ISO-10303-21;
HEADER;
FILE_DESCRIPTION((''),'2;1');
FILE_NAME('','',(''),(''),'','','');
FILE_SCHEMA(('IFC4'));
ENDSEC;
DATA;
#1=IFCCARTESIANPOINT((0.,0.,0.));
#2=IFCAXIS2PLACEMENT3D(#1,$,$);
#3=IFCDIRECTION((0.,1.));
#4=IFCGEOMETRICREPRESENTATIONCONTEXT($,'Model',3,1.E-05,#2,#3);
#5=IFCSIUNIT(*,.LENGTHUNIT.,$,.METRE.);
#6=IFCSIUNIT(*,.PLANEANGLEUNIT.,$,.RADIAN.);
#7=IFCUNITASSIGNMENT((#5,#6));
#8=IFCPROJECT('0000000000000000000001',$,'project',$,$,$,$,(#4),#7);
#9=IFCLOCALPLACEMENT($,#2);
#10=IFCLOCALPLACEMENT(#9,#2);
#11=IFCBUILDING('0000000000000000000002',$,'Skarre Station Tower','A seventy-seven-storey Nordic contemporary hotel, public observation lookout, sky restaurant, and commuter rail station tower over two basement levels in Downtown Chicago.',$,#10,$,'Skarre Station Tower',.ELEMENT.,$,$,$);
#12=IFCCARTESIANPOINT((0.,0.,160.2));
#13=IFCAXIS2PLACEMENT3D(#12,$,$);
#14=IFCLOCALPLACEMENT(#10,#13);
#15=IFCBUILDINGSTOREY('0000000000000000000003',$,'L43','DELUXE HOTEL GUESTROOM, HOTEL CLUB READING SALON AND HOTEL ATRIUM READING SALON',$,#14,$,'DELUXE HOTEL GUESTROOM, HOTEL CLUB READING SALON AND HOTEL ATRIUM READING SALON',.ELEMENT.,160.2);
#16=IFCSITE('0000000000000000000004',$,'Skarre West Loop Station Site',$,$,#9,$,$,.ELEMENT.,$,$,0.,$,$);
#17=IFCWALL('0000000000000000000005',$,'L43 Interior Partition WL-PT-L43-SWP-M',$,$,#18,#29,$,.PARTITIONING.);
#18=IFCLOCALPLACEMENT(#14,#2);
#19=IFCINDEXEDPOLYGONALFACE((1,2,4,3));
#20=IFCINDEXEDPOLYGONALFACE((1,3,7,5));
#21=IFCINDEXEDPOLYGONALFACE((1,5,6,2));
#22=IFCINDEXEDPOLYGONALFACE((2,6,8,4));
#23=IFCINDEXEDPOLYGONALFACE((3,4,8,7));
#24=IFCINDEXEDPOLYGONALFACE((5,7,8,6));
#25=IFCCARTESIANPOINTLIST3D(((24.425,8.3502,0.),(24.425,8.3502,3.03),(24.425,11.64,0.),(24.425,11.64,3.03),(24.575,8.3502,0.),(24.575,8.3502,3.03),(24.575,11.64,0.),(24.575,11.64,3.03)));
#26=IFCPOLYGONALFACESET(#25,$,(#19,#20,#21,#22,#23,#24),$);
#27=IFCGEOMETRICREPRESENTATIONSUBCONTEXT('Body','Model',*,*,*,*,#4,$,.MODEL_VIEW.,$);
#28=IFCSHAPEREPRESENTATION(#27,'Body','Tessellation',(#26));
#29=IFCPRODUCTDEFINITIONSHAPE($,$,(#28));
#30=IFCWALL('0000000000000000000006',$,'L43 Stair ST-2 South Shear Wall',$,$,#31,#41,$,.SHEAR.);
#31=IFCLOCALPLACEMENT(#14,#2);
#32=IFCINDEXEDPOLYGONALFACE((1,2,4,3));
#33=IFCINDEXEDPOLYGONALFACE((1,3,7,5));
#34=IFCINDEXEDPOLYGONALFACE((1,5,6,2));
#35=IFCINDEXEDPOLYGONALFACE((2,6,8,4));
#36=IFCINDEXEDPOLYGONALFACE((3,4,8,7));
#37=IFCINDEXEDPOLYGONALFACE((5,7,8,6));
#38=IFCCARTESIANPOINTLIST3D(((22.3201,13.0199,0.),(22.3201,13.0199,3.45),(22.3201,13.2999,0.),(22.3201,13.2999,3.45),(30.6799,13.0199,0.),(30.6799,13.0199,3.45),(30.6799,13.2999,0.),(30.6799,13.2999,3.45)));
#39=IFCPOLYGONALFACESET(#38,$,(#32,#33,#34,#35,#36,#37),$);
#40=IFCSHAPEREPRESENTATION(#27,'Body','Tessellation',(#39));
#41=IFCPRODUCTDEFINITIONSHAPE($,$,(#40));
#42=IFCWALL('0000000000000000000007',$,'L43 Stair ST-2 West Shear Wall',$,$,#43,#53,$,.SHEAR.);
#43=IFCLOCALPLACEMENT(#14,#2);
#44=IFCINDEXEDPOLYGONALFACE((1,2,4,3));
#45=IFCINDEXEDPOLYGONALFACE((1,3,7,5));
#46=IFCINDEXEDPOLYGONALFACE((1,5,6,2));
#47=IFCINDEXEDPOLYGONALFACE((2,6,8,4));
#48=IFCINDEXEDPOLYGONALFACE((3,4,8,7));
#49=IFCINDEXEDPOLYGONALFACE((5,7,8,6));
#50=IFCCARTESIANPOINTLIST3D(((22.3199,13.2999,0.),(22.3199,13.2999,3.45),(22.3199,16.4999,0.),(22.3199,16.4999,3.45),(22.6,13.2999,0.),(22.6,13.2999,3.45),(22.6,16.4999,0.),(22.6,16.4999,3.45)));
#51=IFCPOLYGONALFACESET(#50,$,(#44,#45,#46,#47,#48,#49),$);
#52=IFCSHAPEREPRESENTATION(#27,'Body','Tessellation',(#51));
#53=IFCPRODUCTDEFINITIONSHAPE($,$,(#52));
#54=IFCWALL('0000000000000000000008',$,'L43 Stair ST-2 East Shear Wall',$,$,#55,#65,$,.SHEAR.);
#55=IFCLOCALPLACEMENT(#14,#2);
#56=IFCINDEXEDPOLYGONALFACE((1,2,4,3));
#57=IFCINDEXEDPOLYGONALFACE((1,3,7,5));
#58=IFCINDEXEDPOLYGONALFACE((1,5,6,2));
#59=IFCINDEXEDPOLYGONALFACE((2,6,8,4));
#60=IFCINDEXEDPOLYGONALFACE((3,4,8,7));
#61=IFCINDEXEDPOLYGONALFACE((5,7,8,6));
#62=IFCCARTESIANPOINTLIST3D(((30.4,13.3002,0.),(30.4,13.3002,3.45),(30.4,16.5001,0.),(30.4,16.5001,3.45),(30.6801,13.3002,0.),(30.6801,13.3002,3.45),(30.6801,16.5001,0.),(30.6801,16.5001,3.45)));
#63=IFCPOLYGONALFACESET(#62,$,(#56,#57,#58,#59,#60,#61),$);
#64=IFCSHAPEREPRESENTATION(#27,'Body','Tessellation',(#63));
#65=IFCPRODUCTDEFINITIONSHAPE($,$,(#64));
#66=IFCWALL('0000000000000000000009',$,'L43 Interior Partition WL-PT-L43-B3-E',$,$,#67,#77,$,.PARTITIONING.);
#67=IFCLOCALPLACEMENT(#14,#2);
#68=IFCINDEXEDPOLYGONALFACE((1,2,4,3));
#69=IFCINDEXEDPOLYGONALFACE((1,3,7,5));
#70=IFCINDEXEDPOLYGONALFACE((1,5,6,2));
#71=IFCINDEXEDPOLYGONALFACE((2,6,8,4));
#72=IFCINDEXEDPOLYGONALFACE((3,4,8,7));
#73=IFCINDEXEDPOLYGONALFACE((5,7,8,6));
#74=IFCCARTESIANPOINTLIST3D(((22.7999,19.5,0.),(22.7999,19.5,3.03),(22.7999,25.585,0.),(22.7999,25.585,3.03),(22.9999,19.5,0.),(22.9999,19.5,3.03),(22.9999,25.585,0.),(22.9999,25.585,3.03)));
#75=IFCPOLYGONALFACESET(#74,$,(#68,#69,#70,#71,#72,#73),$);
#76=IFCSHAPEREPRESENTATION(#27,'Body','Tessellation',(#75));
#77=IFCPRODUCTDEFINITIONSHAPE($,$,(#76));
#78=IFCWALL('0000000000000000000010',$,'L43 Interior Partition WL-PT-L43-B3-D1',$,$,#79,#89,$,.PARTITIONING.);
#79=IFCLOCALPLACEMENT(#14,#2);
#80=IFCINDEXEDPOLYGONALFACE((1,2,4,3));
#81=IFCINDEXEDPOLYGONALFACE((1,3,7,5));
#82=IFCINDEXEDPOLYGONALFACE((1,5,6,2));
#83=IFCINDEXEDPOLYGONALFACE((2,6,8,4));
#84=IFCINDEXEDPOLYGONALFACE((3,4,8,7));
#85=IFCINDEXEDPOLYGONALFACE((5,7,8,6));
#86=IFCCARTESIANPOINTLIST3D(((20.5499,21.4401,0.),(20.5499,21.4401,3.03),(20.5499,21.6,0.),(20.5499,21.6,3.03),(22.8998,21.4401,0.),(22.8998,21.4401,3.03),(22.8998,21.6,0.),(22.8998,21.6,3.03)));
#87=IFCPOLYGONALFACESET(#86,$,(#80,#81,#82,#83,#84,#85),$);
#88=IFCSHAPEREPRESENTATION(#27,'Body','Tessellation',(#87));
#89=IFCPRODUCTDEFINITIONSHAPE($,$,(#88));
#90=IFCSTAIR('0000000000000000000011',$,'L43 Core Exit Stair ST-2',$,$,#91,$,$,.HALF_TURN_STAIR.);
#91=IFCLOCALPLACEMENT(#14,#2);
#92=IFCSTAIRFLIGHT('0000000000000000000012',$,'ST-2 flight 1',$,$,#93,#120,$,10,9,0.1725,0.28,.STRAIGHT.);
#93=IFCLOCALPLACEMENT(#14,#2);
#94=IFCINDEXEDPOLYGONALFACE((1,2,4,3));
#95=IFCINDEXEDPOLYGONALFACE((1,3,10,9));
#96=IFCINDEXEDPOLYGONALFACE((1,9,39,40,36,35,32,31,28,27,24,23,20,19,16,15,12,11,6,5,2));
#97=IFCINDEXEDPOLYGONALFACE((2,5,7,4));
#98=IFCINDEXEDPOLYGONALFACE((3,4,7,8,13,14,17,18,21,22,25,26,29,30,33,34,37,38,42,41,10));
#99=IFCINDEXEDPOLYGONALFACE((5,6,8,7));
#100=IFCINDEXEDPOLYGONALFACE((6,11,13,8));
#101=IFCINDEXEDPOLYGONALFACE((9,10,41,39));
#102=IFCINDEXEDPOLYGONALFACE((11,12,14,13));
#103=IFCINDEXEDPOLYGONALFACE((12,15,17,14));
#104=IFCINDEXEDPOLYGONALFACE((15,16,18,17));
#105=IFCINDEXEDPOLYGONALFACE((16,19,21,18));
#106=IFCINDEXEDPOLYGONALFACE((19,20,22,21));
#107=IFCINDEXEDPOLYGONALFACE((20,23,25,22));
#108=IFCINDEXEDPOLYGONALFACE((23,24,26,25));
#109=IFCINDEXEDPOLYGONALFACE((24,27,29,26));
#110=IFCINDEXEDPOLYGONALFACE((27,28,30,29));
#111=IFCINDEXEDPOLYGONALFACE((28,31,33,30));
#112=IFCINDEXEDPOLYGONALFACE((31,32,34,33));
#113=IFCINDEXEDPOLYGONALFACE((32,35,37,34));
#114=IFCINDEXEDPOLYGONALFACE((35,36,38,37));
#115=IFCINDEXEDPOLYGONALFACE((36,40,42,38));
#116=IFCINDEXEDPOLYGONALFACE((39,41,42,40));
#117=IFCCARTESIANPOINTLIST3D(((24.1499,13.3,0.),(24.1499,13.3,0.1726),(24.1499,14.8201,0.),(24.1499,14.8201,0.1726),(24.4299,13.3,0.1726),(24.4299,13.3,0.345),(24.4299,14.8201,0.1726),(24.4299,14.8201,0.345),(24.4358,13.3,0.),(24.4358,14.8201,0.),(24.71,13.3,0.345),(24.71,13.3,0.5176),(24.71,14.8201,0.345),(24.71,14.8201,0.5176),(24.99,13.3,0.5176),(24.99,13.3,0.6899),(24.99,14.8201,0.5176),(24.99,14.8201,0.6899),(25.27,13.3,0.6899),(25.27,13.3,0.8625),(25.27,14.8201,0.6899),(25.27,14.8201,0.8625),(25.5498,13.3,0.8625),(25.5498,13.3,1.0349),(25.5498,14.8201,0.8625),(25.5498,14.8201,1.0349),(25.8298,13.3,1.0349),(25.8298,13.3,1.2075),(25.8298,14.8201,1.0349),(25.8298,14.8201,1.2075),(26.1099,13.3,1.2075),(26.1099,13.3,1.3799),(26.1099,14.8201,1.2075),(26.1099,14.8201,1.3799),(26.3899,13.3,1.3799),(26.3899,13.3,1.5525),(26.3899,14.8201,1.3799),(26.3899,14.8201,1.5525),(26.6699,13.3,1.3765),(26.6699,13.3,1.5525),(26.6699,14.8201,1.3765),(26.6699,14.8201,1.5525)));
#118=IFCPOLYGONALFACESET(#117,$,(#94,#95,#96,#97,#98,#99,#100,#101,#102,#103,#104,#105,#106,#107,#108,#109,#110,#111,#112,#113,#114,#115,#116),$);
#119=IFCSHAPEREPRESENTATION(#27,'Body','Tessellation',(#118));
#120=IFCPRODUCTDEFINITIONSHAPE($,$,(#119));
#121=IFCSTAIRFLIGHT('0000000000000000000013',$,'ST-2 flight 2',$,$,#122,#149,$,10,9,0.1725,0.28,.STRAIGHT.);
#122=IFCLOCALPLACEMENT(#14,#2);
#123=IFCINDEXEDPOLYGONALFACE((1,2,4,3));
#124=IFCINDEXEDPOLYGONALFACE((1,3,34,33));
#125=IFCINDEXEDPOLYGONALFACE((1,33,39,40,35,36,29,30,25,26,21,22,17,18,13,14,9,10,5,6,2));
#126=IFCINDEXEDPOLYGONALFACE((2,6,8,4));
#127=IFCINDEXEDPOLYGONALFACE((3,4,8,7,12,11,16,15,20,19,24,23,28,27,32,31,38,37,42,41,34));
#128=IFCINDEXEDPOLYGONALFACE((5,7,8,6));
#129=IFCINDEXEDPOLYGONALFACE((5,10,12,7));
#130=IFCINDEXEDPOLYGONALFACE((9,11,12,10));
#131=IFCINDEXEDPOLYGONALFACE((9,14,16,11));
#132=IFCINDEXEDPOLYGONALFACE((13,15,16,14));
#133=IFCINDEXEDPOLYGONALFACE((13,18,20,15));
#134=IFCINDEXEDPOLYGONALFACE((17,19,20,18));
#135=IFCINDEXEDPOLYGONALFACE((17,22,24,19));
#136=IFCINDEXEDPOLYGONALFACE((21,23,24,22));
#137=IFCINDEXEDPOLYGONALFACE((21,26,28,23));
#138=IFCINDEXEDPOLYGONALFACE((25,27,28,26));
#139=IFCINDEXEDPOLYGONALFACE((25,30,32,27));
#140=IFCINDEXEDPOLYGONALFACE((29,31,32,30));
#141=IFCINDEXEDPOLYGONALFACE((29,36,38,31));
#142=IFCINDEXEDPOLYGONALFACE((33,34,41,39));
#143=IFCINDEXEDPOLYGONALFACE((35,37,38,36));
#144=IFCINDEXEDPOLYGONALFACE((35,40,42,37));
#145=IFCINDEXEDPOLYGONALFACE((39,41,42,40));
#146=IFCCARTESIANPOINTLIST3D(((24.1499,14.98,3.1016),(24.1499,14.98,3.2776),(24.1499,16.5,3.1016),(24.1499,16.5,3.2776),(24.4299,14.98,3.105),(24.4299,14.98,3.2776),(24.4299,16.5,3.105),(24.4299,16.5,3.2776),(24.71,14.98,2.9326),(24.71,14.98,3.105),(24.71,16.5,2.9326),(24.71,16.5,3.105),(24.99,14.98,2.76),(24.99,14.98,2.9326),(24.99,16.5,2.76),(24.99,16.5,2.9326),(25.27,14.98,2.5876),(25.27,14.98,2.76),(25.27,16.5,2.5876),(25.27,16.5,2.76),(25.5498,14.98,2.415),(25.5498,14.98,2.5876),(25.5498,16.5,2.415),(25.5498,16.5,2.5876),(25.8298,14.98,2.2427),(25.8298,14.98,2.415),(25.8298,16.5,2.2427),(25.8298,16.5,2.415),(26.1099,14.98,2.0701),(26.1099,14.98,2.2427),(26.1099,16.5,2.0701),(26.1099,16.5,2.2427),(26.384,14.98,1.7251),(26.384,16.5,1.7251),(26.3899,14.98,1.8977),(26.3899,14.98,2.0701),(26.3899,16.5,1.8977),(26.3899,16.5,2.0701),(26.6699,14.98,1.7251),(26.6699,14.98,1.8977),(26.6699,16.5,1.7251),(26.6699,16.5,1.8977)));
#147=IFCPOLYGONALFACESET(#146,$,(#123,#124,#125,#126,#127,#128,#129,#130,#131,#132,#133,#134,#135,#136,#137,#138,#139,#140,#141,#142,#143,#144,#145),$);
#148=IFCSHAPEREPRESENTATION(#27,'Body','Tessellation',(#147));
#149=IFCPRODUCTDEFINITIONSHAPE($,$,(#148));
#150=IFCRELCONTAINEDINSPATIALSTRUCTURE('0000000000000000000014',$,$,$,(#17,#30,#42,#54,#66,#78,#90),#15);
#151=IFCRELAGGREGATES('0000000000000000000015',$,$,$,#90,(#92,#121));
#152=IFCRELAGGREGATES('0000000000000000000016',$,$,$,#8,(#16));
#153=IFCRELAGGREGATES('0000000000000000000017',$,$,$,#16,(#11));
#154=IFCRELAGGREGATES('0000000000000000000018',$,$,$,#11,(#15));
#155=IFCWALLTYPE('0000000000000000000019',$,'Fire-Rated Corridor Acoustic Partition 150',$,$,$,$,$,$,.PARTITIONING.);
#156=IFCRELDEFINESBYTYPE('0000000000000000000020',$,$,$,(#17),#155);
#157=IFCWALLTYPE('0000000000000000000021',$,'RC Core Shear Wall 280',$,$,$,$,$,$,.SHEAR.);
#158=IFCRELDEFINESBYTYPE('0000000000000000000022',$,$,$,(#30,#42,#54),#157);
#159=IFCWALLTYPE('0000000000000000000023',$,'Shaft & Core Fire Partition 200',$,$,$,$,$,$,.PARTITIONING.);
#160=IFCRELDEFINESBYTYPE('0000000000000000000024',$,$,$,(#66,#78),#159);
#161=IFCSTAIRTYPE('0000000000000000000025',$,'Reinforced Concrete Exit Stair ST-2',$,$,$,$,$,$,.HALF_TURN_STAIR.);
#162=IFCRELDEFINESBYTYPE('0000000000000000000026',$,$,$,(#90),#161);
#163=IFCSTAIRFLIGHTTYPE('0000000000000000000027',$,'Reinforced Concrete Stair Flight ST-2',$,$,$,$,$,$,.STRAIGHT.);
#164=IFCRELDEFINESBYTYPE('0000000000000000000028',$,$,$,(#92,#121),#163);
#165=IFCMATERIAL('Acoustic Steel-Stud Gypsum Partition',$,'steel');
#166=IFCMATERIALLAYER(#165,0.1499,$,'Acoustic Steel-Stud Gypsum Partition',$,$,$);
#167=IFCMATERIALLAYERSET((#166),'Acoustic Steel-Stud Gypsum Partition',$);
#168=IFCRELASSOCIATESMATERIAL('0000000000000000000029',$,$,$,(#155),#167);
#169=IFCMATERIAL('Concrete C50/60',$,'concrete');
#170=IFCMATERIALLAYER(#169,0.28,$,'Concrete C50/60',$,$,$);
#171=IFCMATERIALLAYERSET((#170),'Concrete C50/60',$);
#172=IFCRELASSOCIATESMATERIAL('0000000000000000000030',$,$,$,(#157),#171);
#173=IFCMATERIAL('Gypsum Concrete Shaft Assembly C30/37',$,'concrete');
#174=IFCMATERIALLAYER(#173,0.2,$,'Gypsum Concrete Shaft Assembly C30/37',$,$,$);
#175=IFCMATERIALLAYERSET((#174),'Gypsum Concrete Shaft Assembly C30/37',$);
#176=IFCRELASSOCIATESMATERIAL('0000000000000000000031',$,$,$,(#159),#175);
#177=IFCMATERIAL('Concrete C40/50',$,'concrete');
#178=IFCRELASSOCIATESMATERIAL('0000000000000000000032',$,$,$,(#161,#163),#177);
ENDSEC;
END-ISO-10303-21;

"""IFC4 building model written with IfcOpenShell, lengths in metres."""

from ifc_helpers import new_model, si_unit, direction, frame, frame_2d, origin, place, context, subcontext, project, spatial, polyline, rectangle, outline, extrude, material, layer, layer_set, type_object, element, aggregate, save


model = new_model("IFC4")

# Units and contexts
model_context = context("Model", 3, precision=1e-05, world=origin(), true_north=direction((0.0, 1.0)))
body_context = subcontext(model_context, "Body", "Model", "MODEL_VIEW")
ifc_project = project(units=[si_unit("LENGTHUNIT", "METRE"), si_unit("PLANEANGLEUNIT", "RADIAN")], contexts=[model_context])

# Site, building, storey
site_placement = place(None, origin())
site = spatial("IfcSite", under=ifc_project, at=site_placement, Name="Skarre West Loop Station Site", CompositionType="ELEMENT", RefElevation=0.0)
building_placement = place(site_placement, origin())
building = spatial("IfcBuilding", under=site, at=building_placement, Name="Skarre Station Tower", Description="A seventy-seven-storey Nordic contemporary hotel, public observation lookout, sky restaurant, and commuter rail station tower over two basement levels in Downtown Chicago.", LongName="Skarre Station Tower", CompositionType="ELEMENT")
storey_placement = place(building_placement, frame((0.0, 0.0, 160.2)))
storey = spatial("IfcBuildingStorey", under=building, at=storey_placement, Name="L43", Description="DELUXE HOTEL GUESTROOM, HOTEL CLUB READING SALON AND HOTEL ATRIUM READING SALON", LongName="DELUXE HOTEL GUESTROOM, HOTEL CLUB READING SALON AND HOTEL ATRIUM READING SALON", CompositionType="ELEMENT", Elevation=160.2)

# Walls
ifc_material_1 = material(Name="Acoustic Steel-Stud Gypsum Partition", Category="steel")
ifc_layer_1 = layer(ifc_material_1, 0.1499, Name="Acoustic Steel-Stud Gypsum Partition")
ifc_layer_set_1 = layer_set([ifc_layer_1], Name="Acoustic Steel-Stud Gypsum Partition")
wall_type_1 = type_object("IfcWallType", Name="Fire-Rated Corridor Acoustic Partition 150", PredefinedType="PARTITIONING", material=ifc_layer_set_1)
wall_1_placement = place(storey_placement, frame((24.5, 8.3501, 0.0), z_axis=(0.0, 0.0, 1.0), x_axis=(0.0, 1.0, 0.0)))
element("IfcWall", 1, at=wall_1_placement, inside=storey, type_object=wall_type_1, Name="L43 Interior Partition WL-PT-L43-SWP-M", PredefinedType="PARTITIONING", context=body_context, shape_type="SweptSolid", body=[
    extrude(rectangle(XDim=3.2898, YDim=0.1499, at=frame_2d((1.645, 0.0))), origin(), (0.0, 0.0, 1.0), 3.03),
])
ifc_material_2 = material(Name="Concrete C50/60", Category="concrete")
ifc_layer_2 = layer(ifc_material_2, 0.28, Name="Concrete C50/60")
ifc_layer_set_2 = layer_set([ifc_layer_2], Name="Concrete C50/60")
wall_type_2 = type_object("IfcWallType", Name="RC Core Shear Wall 280", PredefinedType="SHEAR", material=ifc_layer_set_2)
wall_2_placement = place(storey_placement, frame((22.3201, 13.1599, 0.0), z_axis=(0.0, 0.0, 1.0), x_axis=(1.0, 0.0, 0.0)))
element("IfcWall", 2, at=wall_2_placement, inside=storey, type_object=wall_type_2, Name="L43 Stair ST-2 South Shear Wall", PredefinedType="SHEAR", context=body_context, shape_type="SweptSolid", body=[
    extrude(rectangle(XDim=8.3599, YDim=0.28, at=frame_2d((4.1799, 0.0))), origin(), (0.0, 0.0, 1.0), 3.45),
])
for number, where, z_axis, x_axis, name in (
    (3, (22.46, 16.5, 0.0), (0.0, 0.0, 1.0), (0.0, -1.0, 0.0), "L43 Stair ST-2 West Shear Wall"),
    (4, (30.54, 13.3, 0.0), (0.0, 0.0, 1.0), (0.0, 1.0, 0.0), "L43 Stair ST-2 East Shear Wall"),
):
    element("IfcWall", number, at=place(storey_placement, frame(where, z_axis=z_axis, x_axis=x_axis)), inside=storey, type_object=wall_type_2, Name=name, PredefinedType="SHEAR", context=body_context, shape_type="SweptSolid", body=[
        extrude(rectangle(XDim=3.2, YDim=0.28, at=frame_2d((1.6001, 0.0))), origin(), (0.0, 0.0, 1.0), 3.45),
    ])
ifc_material_3 = material(Name="Gypsum Concrete Shaft Assembly C30/37", Category="concrete")
ifc_layer_3 = layer(ifc_material_3, 0.2, Name="Gypsum Concrete Shaft Assembly C30/37")
ifc_layer_set_3 = layer_set([ifc_layer_3], Name="Gypsum Concrete Shaft Assembly C30/37")
wall_type_3 = type_object("IfcWallType", Name="Shaft & Core Fire Partition 200", PredefinedType="PARTITIONING", material=ifc_layer_set_3)
wall_3_placement = place(storey_placement, frame((22.8999, 19.5, 0.0), z_axis=(0.0, 0.0, 1.0), x_axis=(0.0, 1.0, 0.0)))
element("IfcWall", 5, at=wall_3_placement, inside=storey, type_object=wall_type_3, Name="L43 Interior Partition WL-PT-L43-B3-E", PredefinedType="PARTITIONING", context=body_context, shape_type="SweptSolid", body=[
    extrude(rectangle(XDim=6.085, YDim=0.2, at=frame_2d((3.0425, 0.0))), origin(), (0.0, 0.0, 1.0), 3.03),
])
wall_4_placement = place(storey_placement, frame((20.55, 21.52, 0.0), z_axis=(0.0, 0.0, 1.0), x_axis=(1.0, 0.0, 0.0)))
element("IfcWall", 6, at=wall_4_placement, inside=storey, type_object=wall_type_3, Name="L43 Interior Partition WL-PT-L43-B3-D1", PredefinedType="PARTITIONING", context=body_context, shape_type="SweptSolid", body=[
    extrude(rectangle(XDim=2.3499, YDim=0.1599, at=frame_2d((1.1748, 0.0))), origin(), (0.0, 0.0, 1.0), 3.03),
])

# Stair, stair flights
ifc_material_4 = material(Name="Concrete C40/50", Category="concrete")
stair_type = type_object("IfcStairType", Name="Reinforced Concrete Exit Stair ST-2", PredefinedType="HALF_TURN_STAIR", material=ifc_material_4)
stair_placement = place(storey_placement, origin())
stair = element("IfcStair", 7, at=stair_placement, inside=storey, type_object=stair_type, Name="L43 Core Exit Stair ST-2", PredefinedType="HALF_TURN_STAIR")
stair_flight_type = type_object("IfcStairFlightType", Name="Reinforced Concrete Stair Flight ST-2", PredefinedType="STRAIGHT", material=ifc_material_4)
stair_flight_1_placement = place(storey_placement, frame((24.1499, 14.0601, 0.0), z_axis=(0.0, 0.0, 1.0), x_axis=(1.0, 0.0, 0.0)))
stair_flight_1 = element("IfcStairFlight", 8, at=stair_flight_1_placement, type_object=stair_flight_type, Name="ST-2 flight 1", NumberOfRisers=10, NumberOfTreads=9, PredefinedType="STRAIGHT", RiserHeight=0.1725, TreadLength=0.28, context=body_context, shape_type="SweptSolid", body=[
    extrude(outline(polyline([(0.0, 0.0), (0.0, 0.1726), (0.28, 0.1726), (0.28, 0.345), (0.5601, 0.345), (0.5601, 0.5176), (0.8401, 0.5176), (0.8401, 0.6899), (1.1201, 0.6899), (1.1201, 0.8625), (1.3999, 0.8625), (1.3999, 1.0349), (1.6799, 1.0349), (1.6799, 1.2075), (1.96, 1.2075), (1.96, 1.3799), (2.24, 1.3799), (2.24, 1.5525), (2.52, 1.5525), (2.52, 1.7251), (2.52, 1.3765), (0.2859, 0.0), (0.0, 0.0)])), frame((0.0, 0.76, 0.0), z_axis=(0.0, -1.0, 0.0), x_axis=(1.0, 0.0, 0.0)), (0.0, 0.0, 1.0), 1.52),
])
stair_flight_2_placement = place(storey_placement, frame((26.6699, 15.74, 1.7251), z_axis=(0.0, 0.0, 1.0), x_axis=(-1.0, 0.0, 0.0)))
stair_flight_2 = element("IfcStairFlight", 9, at=stair_flight_2_placement, type_object=stair_flight_type, Name="ST-2 flight 2", NumberOfRisers=10, NumberOfTreads=9, PredefinedType="STRAIGHT", RiserHeight=0.1725, TreadLength=0.28, context=body_context, shape_type="SweptSolid", body=[
    extrude(outline(polyline([(0.0, 0.0), (0.0, 0.1726), (0.28, 0.1726), (0.28, 0.345), (0.5601, 0.345), (0.5601, 0.5176), (0.8401, 0.5176), (0.8401, 0.6899), (1.1201, 0.6899), (1.1201, 0.8625), (1.3999, 0.8625), (1.3999, 1.0349), (1.6799, 1.0349), (1.6799, 1.2075), (1.96, 1.2075), (1.96, 1.3799), (2.24, 1.3799), (2.24, 1.5525), (2.52, 1.5525), (2.52, 1.7251), (2.52, 1.3765), (0.2859, 0.0), (0.0, 0.0)])), frame((0.0, 0.76, 0.0), z_axis=(0.0, -1.0, 0.0), x_axis=(1.0, 0.0, 0.0)), (0.0, 0.0, 1.0), 1.52),
])
aggregate(stair, [stair_flight_1, stair_flight_2])

save(model, "model.ifc")
